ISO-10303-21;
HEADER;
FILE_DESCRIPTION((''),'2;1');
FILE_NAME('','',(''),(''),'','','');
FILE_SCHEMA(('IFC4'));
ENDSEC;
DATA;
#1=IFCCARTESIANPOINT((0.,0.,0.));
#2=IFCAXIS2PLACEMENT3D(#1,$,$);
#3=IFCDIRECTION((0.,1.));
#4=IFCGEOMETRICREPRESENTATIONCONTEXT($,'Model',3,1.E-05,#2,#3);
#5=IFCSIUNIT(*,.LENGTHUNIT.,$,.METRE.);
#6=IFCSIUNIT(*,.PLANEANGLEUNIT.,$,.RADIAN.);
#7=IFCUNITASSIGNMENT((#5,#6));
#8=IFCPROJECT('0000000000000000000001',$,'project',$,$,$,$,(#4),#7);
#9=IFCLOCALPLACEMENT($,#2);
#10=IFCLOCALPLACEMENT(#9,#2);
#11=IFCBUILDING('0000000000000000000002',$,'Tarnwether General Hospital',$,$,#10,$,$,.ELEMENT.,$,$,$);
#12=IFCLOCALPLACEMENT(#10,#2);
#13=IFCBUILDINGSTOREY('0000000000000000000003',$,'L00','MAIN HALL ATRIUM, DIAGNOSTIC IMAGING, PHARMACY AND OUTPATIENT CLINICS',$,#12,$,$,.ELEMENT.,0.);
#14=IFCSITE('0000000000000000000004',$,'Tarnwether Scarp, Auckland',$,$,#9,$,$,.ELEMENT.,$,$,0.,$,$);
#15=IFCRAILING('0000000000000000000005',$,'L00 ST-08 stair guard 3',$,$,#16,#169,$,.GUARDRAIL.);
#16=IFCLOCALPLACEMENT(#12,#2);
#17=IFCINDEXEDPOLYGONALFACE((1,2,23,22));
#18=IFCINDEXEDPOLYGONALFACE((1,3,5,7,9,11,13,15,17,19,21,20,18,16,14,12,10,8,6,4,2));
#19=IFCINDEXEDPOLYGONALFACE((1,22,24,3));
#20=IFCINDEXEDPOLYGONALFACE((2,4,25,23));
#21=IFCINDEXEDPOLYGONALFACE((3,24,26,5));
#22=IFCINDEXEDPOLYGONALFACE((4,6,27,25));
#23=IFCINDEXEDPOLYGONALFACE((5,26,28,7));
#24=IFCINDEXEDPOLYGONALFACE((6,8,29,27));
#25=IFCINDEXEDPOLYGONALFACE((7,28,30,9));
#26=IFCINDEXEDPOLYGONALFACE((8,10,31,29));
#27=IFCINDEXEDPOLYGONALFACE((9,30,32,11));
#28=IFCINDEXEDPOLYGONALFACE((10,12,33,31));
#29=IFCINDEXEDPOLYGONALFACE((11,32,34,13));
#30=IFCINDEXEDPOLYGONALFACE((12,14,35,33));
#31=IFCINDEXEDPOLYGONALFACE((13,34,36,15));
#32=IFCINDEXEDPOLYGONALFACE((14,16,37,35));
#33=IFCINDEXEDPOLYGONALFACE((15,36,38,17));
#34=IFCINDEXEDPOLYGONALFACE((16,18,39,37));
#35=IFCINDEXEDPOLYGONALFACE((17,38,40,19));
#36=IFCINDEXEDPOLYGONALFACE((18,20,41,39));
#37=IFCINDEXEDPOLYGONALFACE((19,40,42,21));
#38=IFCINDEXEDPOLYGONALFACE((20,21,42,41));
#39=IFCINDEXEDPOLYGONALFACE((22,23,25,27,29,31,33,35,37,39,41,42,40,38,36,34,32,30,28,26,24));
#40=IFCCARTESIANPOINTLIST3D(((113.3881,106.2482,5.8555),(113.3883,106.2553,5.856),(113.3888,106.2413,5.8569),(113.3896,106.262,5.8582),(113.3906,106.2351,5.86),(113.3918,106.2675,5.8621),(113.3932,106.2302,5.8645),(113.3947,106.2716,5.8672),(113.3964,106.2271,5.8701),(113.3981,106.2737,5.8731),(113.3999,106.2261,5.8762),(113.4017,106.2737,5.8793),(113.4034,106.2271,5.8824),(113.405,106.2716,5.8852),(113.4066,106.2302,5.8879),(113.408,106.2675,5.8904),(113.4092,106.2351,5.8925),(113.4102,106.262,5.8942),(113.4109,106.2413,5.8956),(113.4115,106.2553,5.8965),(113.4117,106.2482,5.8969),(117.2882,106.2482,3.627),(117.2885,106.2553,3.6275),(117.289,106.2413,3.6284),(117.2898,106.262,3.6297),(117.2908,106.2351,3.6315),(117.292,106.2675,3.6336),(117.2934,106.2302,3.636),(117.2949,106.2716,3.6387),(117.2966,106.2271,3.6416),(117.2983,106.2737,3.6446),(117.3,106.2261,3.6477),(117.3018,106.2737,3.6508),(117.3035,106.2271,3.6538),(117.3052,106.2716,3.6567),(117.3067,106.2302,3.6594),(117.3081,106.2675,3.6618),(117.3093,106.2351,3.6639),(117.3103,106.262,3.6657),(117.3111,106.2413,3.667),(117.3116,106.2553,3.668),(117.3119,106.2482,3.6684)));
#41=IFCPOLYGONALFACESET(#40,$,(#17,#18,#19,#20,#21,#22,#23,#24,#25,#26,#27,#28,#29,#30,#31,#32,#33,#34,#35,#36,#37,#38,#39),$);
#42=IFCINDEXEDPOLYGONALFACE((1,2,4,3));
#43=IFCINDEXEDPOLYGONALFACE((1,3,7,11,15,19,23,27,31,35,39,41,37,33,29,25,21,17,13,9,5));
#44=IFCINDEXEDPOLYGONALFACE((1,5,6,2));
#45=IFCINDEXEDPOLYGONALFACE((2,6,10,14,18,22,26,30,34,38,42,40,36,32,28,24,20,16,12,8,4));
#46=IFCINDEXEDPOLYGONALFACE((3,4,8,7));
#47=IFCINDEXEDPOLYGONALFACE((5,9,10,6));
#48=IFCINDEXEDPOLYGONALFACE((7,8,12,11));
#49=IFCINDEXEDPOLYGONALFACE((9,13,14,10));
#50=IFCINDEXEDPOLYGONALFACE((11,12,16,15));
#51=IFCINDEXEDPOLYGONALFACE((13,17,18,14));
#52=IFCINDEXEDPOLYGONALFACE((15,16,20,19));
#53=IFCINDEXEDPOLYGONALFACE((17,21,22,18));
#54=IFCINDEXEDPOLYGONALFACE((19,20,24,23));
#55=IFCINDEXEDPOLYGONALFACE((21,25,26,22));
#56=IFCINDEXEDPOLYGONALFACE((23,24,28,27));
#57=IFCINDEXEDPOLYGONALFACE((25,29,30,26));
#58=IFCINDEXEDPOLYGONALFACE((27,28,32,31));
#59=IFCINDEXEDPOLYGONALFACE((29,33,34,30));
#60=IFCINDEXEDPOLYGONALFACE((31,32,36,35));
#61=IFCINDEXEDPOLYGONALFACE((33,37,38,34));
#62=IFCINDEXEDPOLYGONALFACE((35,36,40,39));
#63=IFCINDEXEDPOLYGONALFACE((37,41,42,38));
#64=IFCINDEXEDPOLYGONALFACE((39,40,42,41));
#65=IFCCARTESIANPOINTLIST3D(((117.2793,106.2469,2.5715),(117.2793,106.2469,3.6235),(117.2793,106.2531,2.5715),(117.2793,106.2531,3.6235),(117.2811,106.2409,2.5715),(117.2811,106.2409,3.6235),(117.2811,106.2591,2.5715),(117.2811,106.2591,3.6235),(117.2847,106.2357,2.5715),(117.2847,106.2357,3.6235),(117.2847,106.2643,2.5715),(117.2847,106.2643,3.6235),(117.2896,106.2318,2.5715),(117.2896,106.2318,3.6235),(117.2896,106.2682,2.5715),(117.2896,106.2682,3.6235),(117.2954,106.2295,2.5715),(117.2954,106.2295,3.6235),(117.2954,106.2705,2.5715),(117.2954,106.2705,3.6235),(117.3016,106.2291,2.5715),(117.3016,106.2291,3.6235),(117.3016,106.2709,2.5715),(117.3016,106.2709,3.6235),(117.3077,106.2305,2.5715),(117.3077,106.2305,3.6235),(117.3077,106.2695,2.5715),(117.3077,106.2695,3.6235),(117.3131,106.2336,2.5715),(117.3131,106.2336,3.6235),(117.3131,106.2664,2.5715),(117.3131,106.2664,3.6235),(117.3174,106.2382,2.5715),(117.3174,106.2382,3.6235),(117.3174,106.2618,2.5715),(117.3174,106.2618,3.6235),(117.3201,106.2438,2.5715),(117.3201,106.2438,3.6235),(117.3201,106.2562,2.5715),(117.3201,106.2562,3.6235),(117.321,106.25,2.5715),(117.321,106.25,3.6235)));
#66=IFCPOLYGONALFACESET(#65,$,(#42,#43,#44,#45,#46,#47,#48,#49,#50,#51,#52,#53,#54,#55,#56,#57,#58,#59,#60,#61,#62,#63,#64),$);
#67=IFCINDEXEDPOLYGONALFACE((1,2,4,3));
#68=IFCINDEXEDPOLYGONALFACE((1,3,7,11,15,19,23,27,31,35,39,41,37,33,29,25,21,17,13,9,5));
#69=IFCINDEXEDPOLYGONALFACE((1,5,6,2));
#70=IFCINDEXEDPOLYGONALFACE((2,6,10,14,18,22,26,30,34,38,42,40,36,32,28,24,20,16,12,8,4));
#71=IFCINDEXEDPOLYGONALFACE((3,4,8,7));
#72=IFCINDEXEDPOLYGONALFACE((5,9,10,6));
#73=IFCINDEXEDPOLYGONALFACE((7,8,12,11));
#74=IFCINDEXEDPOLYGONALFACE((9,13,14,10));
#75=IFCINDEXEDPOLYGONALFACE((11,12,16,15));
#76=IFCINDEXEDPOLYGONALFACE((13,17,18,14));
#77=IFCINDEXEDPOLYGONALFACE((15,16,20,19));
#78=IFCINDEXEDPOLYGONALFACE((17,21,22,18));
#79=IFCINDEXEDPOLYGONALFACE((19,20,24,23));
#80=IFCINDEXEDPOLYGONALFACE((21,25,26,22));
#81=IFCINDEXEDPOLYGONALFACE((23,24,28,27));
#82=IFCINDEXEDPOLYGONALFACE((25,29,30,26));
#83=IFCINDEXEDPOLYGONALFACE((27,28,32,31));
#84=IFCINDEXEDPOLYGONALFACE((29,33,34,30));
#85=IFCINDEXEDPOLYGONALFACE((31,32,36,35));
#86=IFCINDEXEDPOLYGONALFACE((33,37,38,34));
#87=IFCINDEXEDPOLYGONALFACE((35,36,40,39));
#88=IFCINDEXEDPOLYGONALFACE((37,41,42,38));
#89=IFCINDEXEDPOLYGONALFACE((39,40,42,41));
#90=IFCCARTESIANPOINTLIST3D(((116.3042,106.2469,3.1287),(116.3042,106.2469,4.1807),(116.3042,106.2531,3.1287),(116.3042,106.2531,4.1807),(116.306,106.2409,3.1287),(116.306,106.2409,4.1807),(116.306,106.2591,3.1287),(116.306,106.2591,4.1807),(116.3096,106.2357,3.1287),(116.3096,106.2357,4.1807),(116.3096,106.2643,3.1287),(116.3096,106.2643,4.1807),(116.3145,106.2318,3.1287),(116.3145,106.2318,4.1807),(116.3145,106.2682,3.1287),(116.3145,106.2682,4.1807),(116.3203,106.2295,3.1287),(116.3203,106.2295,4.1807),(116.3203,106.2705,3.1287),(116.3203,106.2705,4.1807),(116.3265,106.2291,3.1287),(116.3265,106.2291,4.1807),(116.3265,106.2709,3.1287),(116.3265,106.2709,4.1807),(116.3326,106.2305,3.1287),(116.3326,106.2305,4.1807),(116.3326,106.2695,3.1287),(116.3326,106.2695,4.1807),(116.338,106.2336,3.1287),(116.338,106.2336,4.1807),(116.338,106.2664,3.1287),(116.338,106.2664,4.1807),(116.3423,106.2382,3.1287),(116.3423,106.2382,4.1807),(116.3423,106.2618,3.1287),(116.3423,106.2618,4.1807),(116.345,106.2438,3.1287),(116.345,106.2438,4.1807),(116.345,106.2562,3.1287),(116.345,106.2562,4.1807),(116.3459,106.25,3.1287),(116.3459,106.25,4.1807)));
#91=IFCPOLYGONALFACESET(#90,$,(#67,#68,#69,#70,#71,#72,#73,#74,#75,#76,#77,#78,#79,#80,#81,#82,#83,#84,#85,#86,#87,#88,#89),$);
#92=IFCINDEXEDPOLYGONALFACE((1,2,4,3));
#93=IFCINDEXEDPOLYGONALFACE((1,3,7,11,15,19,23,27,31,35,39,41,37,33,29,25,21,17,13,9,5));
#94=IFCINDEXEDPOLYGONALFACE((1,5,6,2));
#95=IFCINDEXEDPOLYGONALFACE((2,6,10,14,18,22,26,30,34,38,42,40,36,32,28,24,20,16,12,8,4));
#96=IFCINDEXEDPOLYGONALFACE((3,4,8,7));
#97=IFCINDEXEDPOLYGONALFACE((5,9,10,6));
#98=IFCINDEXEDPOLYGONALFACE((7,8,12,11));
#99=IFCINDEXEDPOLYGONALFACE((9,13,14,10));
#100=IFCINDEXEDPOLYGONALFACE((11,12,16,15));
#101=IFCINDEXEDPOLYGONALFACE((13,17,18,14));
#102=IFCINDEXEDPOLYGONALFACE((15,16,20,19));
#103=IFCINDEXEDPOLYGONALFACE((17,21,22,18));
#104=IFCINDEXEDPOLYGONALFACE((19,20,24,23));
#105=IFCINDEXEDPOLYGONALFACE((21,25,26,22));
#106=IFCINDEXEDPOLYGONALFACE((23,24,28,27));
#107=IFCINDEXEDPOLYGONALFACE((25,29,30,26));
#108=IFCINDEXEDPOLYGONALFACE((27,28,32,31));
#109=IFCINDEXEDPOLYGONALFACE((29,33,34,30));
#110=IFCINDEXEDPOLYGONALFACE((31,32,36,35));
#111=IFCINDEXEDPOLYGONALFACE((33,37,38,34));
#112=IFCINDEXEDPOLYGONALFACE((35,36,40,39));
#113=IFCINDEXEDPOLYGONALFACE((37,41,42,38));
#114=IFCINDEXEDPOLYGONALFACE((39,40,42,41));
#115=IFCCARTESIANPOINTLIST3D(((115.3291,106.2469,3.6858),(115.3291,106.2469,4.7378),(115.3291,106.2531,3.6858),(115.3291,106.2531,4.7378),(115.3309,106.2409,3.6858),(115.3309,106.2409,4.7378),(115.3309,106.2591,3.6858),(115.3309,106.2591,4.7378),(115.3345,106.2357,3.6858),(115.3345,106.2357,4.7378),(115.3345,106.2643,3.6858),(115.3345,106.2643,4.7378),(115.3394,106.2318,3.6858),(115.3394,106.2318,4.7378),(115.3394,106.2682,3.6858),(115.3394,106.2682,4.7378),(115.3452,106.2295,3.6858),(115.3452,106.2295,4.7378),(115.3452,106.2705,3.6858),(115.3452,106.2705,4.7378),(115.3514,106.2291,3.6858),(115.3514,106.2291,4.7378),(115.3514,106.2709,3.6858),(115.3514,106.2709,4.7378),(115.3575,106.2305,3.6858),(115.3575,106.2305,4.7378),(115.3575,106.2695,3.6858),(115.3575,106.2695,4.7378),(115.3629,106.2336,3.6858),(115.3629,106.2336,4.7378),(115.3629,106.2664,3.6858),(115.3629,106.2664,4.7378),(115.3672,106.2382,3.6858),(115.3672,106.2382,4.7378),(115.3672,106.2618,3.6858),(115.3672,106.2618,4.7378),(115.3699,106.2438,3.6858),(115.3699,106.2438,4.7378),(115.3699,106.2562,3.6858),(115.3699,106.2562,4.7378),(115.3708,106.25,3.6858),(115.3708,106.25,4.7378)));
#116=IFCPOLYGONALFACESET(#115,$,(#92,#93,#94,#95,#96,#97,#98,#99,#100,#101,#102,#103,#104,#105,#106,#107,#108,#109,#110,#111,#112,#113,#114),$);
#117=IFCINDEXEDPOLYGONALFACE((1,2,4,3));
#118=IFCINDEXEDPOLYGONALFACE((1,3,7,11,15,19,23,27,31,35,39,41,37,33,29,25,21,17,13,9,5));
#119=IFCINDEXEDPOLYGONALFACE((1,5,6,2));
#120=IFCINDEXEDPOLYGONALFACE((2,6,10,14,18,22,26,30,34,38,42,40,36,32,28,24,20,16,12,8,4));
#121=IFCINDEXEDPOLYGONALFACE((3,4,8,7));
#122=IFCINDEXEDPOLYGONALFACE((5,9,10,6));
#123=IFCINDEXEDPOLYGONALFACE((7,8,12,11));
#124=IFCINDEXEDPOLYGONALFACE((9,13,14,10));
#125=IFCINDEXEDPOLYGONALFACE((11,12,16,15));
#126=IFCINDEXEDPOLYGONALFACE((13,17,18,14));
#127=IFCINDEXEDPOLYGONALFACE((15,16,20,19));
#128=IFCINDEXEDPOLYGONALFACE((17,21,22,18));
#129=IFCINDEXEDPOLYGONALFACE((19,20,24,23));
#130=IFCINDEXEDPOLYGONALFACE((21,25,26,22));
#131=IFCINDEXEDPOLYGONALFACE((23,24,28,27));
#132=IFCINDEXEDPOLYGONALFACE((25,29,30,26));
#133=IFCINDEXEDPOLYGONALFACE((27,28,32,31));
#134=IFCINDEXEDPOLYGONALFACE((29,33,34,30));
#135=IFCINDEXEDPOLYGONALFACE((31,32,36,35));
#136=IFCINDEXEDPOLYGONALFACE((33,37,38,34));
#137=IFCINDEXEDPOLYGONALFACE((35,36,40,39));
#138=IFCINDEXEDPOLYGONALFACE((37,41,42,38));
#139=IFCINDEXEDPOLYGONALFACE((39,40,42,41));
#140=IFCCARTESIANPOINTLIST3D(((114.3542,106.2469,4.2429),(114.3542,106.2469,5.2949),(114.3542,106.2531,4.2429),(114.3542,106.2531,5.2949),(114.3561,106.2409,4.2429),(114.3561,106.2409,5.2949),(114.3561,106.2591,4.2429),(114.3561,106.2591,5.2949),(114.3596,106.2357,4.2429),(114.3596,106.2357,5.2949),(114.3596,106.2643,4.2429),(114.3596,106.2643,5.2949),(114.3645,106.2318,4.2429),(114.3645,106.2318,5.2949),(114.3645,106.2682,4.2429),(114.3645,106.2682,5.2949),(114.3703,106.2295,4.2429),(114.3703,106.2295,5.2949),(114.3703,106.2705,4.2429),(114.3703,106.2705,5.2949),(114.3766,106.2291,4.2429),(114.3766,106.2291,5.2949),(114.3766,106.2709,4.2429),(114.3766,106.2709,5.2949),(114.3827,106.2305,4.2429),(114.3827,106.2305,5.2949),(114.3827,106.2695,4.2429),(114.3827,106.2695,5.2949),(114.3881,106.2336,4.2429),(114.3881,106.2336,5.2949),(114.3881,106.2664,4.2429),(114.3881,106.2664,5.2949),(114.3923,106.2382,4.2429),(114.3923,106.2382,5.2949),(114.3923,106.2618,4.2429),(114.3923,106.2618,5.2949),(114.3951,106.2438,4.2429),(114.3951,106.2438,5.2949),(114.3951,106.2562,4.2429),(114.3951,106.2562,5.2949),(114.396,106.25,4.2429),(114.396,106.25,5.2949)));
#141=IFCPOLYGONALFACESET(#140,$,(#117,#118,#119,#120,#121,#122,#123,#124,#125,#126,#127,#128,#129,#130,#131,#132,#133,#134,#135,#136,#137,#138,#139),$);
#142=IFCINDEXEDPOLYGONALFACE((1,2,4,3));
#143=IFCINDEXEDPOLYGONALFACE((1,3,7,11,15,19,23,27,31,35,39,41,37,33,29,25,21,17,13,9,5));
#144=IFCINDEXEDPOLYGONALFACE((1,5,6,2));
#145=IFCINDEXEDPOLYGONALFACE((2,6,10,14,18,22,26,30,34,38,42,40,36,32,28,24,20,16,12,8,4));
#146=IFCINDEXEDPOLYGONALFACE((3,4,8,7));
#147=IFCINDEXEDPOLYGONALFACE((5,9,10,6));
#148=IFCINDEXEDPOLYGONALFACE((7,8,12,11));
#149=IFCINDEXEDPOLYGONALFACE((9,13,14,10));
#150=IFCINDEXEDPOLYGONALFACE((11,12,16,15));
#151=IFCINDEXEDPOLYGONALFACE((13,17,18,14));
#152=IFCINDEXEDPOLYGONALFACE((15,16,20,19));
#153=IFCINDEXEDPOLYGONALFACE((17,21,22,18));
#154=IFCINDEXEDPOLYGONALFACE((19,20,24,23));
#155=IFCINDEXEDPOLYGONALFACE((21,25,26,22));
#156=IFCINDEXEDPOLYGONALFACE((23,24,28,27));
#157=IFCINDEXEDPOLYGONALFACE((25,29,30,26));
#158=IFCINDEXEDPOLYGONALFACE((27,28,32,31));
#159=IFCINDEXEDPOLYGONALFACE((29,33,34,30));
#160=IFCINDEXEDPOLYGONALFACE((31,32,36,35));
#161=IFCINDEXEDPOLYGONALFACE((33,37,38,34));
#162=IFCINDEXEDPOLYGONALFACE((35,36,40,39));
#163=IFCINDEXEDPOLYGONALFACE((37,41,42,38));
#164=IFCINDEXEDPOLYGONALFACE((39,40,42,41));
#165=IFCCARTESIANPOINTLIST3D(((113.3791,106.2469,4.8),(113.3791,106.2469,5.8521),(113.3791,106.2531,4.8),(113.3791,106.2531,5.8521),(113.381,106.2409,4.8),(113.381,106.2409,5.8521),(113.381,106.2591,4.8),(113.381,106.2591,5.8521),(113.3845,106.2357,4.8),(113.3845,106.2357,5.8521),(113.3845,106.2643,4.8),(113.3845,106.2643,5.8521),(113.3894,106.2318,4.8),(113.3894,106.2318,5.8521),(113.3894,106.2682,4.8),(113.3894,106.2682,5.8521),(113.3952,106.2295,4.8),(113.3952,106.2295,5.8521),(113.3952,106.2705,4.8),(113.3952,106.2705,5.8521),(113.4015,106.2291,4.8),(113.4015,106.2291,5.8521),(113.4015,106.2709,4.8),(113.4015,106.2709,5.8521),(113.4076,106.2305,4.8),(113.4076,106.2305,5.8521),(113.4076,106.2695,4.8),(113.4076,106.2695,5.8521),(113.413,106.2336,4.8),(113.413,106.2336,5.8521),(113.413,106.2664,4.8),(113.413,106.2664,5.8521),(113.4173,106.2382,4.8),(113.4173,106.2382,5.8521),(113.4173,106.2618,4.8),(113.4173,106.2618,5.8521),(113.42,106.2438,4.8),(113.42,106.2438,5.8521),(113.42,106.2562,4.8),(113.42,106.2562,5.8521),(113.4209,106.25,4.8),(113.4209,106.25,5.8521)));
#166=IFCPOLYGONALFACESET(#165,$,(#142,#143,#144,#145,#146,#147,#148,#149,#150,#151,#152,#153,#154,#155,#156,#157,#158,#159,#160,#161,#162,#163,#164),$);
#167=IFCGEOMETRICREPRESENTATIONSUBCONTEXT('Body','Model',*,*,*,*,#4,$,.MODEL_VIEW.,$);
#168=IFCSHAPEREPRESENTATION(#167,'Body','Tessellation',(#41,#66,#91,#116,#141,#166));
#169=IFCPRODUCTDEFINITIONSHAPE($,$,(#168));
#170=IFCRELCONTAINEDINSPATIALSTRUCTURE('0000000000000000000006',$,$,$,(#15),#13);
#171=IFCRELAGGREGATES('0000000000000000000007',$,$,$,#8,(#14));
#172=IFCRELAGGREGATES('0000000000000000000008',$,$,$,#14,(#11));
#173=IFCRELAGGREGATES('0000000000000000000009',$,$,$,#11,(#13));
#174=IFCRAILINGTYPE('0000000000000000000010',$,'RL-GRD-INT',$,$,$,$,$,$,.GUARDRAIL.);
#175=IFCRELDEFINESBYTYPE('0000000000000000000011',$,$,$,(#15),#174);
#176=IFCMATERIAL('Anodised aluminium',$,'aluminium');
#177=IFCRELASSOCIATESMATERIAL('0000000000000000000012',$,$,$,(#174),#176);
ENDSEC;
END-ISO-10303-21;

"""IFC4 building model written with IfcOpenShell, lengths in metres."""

from ifc_helpers import new_model, si_unit, direction, frame, origin, origin_2d, place, context, subcontext, project, spatial, circle, extrude, material, type_object, element, save


model = new_model("IFC4")

# Units and contexts
model_context = context("Model", 3, precision=1e-05, world=origin(), true_north=direction((0.0, 1.0)))
body_context = subcontext(model_context, "Body", "Model", "MODEL_VIEW")
ifc_project = project(units=[si_unit("LENGTHUNIT", "METRE"), si_unit("PLANEANGLEUNIT", "RADIAN")], contexts=[model_context])

# Site, building, storey
site_placement = place(None, origin())
site = spatial("IfcSite", under=ifc_project, at=site_placement, Name="Tarnwether Scarp, Auckland", CompositionType="ELEMENT", RefElevation=0.0)
building_placement = place(site_placement, origin())
building = spatial("IfcBuilding", under=site, at=building_placement, Name="Tarnwether General Hospital", CompositionType="ELEMENT")
storey_placement = place(building_placement, origin())
storey = spatial("IfcBuildingStorey", under=building, at=storey_placement, Name="L00", Description="MAIN HALL ATRIUM, DIAGNOSTIC IMAGING, PHARMACY AND OUTPATIENT CLINICS", CompositionType="ELEMENT", Elevation=0.0)

# Railing
ifc_material_1 = material(Name="Anodised aluminium", Category="aluminium")
railing_type_1 = type_object("IfcRailingType", Name="RL-GRD-INT", PredefinedType="GUARDRAIL", material=ifc_material_1)
railing_1_placement = place(storey_placement, frame((117.3, 106.25, 2.5715)))
element("IfcRailing", 1, at=railing_1_placement, inside=storey, type_object=railing_type_1, Name="L00 ST-08 stair guard 3", PredefinedType="GUARDRAIL", context=body_context, shape_type="SweptSolid", body=[
    extrude(circle(Radius=0.0239, at=origin_2d()), frame((0.0, 0.0, 1.0762), z_axis=(-0.868257, 0.0, 0.496116), x_axis=(0.0, -1.0, 0.0)), (0.0, 0.0, 1.0), 4.4919),
    extrude(circle(Radius=0.021, at=origin_2d()), origin(), (0.0, 0.0, 1.0), 1.052),
    extrude(circle(Radius=0.021, at=origin_2d()), frame((-0.9751, 0.0, 0.5571)), (0.0, 0.0, 1.0), 1.052),
    extrude(circle(Radius=0.021, at=origin_2d()), frame((-1.9502, 0.0, 1.1143)), (0.0, 0.0, 1.0), 1.052),
    extrude(circle(Radius=0.021, at=origin_2d()), frame((-2.925, 0.0, 1.6714)), (0.0, 0.0, 1.0), 1.052),
    extrude(circle(Radius=0.021, at=origin_2d()), frame((-3.9001, 0.0, 2.2285)), (0.0, 0.0, 1.0), 1.052),
])

save(model, "model.ifc")
